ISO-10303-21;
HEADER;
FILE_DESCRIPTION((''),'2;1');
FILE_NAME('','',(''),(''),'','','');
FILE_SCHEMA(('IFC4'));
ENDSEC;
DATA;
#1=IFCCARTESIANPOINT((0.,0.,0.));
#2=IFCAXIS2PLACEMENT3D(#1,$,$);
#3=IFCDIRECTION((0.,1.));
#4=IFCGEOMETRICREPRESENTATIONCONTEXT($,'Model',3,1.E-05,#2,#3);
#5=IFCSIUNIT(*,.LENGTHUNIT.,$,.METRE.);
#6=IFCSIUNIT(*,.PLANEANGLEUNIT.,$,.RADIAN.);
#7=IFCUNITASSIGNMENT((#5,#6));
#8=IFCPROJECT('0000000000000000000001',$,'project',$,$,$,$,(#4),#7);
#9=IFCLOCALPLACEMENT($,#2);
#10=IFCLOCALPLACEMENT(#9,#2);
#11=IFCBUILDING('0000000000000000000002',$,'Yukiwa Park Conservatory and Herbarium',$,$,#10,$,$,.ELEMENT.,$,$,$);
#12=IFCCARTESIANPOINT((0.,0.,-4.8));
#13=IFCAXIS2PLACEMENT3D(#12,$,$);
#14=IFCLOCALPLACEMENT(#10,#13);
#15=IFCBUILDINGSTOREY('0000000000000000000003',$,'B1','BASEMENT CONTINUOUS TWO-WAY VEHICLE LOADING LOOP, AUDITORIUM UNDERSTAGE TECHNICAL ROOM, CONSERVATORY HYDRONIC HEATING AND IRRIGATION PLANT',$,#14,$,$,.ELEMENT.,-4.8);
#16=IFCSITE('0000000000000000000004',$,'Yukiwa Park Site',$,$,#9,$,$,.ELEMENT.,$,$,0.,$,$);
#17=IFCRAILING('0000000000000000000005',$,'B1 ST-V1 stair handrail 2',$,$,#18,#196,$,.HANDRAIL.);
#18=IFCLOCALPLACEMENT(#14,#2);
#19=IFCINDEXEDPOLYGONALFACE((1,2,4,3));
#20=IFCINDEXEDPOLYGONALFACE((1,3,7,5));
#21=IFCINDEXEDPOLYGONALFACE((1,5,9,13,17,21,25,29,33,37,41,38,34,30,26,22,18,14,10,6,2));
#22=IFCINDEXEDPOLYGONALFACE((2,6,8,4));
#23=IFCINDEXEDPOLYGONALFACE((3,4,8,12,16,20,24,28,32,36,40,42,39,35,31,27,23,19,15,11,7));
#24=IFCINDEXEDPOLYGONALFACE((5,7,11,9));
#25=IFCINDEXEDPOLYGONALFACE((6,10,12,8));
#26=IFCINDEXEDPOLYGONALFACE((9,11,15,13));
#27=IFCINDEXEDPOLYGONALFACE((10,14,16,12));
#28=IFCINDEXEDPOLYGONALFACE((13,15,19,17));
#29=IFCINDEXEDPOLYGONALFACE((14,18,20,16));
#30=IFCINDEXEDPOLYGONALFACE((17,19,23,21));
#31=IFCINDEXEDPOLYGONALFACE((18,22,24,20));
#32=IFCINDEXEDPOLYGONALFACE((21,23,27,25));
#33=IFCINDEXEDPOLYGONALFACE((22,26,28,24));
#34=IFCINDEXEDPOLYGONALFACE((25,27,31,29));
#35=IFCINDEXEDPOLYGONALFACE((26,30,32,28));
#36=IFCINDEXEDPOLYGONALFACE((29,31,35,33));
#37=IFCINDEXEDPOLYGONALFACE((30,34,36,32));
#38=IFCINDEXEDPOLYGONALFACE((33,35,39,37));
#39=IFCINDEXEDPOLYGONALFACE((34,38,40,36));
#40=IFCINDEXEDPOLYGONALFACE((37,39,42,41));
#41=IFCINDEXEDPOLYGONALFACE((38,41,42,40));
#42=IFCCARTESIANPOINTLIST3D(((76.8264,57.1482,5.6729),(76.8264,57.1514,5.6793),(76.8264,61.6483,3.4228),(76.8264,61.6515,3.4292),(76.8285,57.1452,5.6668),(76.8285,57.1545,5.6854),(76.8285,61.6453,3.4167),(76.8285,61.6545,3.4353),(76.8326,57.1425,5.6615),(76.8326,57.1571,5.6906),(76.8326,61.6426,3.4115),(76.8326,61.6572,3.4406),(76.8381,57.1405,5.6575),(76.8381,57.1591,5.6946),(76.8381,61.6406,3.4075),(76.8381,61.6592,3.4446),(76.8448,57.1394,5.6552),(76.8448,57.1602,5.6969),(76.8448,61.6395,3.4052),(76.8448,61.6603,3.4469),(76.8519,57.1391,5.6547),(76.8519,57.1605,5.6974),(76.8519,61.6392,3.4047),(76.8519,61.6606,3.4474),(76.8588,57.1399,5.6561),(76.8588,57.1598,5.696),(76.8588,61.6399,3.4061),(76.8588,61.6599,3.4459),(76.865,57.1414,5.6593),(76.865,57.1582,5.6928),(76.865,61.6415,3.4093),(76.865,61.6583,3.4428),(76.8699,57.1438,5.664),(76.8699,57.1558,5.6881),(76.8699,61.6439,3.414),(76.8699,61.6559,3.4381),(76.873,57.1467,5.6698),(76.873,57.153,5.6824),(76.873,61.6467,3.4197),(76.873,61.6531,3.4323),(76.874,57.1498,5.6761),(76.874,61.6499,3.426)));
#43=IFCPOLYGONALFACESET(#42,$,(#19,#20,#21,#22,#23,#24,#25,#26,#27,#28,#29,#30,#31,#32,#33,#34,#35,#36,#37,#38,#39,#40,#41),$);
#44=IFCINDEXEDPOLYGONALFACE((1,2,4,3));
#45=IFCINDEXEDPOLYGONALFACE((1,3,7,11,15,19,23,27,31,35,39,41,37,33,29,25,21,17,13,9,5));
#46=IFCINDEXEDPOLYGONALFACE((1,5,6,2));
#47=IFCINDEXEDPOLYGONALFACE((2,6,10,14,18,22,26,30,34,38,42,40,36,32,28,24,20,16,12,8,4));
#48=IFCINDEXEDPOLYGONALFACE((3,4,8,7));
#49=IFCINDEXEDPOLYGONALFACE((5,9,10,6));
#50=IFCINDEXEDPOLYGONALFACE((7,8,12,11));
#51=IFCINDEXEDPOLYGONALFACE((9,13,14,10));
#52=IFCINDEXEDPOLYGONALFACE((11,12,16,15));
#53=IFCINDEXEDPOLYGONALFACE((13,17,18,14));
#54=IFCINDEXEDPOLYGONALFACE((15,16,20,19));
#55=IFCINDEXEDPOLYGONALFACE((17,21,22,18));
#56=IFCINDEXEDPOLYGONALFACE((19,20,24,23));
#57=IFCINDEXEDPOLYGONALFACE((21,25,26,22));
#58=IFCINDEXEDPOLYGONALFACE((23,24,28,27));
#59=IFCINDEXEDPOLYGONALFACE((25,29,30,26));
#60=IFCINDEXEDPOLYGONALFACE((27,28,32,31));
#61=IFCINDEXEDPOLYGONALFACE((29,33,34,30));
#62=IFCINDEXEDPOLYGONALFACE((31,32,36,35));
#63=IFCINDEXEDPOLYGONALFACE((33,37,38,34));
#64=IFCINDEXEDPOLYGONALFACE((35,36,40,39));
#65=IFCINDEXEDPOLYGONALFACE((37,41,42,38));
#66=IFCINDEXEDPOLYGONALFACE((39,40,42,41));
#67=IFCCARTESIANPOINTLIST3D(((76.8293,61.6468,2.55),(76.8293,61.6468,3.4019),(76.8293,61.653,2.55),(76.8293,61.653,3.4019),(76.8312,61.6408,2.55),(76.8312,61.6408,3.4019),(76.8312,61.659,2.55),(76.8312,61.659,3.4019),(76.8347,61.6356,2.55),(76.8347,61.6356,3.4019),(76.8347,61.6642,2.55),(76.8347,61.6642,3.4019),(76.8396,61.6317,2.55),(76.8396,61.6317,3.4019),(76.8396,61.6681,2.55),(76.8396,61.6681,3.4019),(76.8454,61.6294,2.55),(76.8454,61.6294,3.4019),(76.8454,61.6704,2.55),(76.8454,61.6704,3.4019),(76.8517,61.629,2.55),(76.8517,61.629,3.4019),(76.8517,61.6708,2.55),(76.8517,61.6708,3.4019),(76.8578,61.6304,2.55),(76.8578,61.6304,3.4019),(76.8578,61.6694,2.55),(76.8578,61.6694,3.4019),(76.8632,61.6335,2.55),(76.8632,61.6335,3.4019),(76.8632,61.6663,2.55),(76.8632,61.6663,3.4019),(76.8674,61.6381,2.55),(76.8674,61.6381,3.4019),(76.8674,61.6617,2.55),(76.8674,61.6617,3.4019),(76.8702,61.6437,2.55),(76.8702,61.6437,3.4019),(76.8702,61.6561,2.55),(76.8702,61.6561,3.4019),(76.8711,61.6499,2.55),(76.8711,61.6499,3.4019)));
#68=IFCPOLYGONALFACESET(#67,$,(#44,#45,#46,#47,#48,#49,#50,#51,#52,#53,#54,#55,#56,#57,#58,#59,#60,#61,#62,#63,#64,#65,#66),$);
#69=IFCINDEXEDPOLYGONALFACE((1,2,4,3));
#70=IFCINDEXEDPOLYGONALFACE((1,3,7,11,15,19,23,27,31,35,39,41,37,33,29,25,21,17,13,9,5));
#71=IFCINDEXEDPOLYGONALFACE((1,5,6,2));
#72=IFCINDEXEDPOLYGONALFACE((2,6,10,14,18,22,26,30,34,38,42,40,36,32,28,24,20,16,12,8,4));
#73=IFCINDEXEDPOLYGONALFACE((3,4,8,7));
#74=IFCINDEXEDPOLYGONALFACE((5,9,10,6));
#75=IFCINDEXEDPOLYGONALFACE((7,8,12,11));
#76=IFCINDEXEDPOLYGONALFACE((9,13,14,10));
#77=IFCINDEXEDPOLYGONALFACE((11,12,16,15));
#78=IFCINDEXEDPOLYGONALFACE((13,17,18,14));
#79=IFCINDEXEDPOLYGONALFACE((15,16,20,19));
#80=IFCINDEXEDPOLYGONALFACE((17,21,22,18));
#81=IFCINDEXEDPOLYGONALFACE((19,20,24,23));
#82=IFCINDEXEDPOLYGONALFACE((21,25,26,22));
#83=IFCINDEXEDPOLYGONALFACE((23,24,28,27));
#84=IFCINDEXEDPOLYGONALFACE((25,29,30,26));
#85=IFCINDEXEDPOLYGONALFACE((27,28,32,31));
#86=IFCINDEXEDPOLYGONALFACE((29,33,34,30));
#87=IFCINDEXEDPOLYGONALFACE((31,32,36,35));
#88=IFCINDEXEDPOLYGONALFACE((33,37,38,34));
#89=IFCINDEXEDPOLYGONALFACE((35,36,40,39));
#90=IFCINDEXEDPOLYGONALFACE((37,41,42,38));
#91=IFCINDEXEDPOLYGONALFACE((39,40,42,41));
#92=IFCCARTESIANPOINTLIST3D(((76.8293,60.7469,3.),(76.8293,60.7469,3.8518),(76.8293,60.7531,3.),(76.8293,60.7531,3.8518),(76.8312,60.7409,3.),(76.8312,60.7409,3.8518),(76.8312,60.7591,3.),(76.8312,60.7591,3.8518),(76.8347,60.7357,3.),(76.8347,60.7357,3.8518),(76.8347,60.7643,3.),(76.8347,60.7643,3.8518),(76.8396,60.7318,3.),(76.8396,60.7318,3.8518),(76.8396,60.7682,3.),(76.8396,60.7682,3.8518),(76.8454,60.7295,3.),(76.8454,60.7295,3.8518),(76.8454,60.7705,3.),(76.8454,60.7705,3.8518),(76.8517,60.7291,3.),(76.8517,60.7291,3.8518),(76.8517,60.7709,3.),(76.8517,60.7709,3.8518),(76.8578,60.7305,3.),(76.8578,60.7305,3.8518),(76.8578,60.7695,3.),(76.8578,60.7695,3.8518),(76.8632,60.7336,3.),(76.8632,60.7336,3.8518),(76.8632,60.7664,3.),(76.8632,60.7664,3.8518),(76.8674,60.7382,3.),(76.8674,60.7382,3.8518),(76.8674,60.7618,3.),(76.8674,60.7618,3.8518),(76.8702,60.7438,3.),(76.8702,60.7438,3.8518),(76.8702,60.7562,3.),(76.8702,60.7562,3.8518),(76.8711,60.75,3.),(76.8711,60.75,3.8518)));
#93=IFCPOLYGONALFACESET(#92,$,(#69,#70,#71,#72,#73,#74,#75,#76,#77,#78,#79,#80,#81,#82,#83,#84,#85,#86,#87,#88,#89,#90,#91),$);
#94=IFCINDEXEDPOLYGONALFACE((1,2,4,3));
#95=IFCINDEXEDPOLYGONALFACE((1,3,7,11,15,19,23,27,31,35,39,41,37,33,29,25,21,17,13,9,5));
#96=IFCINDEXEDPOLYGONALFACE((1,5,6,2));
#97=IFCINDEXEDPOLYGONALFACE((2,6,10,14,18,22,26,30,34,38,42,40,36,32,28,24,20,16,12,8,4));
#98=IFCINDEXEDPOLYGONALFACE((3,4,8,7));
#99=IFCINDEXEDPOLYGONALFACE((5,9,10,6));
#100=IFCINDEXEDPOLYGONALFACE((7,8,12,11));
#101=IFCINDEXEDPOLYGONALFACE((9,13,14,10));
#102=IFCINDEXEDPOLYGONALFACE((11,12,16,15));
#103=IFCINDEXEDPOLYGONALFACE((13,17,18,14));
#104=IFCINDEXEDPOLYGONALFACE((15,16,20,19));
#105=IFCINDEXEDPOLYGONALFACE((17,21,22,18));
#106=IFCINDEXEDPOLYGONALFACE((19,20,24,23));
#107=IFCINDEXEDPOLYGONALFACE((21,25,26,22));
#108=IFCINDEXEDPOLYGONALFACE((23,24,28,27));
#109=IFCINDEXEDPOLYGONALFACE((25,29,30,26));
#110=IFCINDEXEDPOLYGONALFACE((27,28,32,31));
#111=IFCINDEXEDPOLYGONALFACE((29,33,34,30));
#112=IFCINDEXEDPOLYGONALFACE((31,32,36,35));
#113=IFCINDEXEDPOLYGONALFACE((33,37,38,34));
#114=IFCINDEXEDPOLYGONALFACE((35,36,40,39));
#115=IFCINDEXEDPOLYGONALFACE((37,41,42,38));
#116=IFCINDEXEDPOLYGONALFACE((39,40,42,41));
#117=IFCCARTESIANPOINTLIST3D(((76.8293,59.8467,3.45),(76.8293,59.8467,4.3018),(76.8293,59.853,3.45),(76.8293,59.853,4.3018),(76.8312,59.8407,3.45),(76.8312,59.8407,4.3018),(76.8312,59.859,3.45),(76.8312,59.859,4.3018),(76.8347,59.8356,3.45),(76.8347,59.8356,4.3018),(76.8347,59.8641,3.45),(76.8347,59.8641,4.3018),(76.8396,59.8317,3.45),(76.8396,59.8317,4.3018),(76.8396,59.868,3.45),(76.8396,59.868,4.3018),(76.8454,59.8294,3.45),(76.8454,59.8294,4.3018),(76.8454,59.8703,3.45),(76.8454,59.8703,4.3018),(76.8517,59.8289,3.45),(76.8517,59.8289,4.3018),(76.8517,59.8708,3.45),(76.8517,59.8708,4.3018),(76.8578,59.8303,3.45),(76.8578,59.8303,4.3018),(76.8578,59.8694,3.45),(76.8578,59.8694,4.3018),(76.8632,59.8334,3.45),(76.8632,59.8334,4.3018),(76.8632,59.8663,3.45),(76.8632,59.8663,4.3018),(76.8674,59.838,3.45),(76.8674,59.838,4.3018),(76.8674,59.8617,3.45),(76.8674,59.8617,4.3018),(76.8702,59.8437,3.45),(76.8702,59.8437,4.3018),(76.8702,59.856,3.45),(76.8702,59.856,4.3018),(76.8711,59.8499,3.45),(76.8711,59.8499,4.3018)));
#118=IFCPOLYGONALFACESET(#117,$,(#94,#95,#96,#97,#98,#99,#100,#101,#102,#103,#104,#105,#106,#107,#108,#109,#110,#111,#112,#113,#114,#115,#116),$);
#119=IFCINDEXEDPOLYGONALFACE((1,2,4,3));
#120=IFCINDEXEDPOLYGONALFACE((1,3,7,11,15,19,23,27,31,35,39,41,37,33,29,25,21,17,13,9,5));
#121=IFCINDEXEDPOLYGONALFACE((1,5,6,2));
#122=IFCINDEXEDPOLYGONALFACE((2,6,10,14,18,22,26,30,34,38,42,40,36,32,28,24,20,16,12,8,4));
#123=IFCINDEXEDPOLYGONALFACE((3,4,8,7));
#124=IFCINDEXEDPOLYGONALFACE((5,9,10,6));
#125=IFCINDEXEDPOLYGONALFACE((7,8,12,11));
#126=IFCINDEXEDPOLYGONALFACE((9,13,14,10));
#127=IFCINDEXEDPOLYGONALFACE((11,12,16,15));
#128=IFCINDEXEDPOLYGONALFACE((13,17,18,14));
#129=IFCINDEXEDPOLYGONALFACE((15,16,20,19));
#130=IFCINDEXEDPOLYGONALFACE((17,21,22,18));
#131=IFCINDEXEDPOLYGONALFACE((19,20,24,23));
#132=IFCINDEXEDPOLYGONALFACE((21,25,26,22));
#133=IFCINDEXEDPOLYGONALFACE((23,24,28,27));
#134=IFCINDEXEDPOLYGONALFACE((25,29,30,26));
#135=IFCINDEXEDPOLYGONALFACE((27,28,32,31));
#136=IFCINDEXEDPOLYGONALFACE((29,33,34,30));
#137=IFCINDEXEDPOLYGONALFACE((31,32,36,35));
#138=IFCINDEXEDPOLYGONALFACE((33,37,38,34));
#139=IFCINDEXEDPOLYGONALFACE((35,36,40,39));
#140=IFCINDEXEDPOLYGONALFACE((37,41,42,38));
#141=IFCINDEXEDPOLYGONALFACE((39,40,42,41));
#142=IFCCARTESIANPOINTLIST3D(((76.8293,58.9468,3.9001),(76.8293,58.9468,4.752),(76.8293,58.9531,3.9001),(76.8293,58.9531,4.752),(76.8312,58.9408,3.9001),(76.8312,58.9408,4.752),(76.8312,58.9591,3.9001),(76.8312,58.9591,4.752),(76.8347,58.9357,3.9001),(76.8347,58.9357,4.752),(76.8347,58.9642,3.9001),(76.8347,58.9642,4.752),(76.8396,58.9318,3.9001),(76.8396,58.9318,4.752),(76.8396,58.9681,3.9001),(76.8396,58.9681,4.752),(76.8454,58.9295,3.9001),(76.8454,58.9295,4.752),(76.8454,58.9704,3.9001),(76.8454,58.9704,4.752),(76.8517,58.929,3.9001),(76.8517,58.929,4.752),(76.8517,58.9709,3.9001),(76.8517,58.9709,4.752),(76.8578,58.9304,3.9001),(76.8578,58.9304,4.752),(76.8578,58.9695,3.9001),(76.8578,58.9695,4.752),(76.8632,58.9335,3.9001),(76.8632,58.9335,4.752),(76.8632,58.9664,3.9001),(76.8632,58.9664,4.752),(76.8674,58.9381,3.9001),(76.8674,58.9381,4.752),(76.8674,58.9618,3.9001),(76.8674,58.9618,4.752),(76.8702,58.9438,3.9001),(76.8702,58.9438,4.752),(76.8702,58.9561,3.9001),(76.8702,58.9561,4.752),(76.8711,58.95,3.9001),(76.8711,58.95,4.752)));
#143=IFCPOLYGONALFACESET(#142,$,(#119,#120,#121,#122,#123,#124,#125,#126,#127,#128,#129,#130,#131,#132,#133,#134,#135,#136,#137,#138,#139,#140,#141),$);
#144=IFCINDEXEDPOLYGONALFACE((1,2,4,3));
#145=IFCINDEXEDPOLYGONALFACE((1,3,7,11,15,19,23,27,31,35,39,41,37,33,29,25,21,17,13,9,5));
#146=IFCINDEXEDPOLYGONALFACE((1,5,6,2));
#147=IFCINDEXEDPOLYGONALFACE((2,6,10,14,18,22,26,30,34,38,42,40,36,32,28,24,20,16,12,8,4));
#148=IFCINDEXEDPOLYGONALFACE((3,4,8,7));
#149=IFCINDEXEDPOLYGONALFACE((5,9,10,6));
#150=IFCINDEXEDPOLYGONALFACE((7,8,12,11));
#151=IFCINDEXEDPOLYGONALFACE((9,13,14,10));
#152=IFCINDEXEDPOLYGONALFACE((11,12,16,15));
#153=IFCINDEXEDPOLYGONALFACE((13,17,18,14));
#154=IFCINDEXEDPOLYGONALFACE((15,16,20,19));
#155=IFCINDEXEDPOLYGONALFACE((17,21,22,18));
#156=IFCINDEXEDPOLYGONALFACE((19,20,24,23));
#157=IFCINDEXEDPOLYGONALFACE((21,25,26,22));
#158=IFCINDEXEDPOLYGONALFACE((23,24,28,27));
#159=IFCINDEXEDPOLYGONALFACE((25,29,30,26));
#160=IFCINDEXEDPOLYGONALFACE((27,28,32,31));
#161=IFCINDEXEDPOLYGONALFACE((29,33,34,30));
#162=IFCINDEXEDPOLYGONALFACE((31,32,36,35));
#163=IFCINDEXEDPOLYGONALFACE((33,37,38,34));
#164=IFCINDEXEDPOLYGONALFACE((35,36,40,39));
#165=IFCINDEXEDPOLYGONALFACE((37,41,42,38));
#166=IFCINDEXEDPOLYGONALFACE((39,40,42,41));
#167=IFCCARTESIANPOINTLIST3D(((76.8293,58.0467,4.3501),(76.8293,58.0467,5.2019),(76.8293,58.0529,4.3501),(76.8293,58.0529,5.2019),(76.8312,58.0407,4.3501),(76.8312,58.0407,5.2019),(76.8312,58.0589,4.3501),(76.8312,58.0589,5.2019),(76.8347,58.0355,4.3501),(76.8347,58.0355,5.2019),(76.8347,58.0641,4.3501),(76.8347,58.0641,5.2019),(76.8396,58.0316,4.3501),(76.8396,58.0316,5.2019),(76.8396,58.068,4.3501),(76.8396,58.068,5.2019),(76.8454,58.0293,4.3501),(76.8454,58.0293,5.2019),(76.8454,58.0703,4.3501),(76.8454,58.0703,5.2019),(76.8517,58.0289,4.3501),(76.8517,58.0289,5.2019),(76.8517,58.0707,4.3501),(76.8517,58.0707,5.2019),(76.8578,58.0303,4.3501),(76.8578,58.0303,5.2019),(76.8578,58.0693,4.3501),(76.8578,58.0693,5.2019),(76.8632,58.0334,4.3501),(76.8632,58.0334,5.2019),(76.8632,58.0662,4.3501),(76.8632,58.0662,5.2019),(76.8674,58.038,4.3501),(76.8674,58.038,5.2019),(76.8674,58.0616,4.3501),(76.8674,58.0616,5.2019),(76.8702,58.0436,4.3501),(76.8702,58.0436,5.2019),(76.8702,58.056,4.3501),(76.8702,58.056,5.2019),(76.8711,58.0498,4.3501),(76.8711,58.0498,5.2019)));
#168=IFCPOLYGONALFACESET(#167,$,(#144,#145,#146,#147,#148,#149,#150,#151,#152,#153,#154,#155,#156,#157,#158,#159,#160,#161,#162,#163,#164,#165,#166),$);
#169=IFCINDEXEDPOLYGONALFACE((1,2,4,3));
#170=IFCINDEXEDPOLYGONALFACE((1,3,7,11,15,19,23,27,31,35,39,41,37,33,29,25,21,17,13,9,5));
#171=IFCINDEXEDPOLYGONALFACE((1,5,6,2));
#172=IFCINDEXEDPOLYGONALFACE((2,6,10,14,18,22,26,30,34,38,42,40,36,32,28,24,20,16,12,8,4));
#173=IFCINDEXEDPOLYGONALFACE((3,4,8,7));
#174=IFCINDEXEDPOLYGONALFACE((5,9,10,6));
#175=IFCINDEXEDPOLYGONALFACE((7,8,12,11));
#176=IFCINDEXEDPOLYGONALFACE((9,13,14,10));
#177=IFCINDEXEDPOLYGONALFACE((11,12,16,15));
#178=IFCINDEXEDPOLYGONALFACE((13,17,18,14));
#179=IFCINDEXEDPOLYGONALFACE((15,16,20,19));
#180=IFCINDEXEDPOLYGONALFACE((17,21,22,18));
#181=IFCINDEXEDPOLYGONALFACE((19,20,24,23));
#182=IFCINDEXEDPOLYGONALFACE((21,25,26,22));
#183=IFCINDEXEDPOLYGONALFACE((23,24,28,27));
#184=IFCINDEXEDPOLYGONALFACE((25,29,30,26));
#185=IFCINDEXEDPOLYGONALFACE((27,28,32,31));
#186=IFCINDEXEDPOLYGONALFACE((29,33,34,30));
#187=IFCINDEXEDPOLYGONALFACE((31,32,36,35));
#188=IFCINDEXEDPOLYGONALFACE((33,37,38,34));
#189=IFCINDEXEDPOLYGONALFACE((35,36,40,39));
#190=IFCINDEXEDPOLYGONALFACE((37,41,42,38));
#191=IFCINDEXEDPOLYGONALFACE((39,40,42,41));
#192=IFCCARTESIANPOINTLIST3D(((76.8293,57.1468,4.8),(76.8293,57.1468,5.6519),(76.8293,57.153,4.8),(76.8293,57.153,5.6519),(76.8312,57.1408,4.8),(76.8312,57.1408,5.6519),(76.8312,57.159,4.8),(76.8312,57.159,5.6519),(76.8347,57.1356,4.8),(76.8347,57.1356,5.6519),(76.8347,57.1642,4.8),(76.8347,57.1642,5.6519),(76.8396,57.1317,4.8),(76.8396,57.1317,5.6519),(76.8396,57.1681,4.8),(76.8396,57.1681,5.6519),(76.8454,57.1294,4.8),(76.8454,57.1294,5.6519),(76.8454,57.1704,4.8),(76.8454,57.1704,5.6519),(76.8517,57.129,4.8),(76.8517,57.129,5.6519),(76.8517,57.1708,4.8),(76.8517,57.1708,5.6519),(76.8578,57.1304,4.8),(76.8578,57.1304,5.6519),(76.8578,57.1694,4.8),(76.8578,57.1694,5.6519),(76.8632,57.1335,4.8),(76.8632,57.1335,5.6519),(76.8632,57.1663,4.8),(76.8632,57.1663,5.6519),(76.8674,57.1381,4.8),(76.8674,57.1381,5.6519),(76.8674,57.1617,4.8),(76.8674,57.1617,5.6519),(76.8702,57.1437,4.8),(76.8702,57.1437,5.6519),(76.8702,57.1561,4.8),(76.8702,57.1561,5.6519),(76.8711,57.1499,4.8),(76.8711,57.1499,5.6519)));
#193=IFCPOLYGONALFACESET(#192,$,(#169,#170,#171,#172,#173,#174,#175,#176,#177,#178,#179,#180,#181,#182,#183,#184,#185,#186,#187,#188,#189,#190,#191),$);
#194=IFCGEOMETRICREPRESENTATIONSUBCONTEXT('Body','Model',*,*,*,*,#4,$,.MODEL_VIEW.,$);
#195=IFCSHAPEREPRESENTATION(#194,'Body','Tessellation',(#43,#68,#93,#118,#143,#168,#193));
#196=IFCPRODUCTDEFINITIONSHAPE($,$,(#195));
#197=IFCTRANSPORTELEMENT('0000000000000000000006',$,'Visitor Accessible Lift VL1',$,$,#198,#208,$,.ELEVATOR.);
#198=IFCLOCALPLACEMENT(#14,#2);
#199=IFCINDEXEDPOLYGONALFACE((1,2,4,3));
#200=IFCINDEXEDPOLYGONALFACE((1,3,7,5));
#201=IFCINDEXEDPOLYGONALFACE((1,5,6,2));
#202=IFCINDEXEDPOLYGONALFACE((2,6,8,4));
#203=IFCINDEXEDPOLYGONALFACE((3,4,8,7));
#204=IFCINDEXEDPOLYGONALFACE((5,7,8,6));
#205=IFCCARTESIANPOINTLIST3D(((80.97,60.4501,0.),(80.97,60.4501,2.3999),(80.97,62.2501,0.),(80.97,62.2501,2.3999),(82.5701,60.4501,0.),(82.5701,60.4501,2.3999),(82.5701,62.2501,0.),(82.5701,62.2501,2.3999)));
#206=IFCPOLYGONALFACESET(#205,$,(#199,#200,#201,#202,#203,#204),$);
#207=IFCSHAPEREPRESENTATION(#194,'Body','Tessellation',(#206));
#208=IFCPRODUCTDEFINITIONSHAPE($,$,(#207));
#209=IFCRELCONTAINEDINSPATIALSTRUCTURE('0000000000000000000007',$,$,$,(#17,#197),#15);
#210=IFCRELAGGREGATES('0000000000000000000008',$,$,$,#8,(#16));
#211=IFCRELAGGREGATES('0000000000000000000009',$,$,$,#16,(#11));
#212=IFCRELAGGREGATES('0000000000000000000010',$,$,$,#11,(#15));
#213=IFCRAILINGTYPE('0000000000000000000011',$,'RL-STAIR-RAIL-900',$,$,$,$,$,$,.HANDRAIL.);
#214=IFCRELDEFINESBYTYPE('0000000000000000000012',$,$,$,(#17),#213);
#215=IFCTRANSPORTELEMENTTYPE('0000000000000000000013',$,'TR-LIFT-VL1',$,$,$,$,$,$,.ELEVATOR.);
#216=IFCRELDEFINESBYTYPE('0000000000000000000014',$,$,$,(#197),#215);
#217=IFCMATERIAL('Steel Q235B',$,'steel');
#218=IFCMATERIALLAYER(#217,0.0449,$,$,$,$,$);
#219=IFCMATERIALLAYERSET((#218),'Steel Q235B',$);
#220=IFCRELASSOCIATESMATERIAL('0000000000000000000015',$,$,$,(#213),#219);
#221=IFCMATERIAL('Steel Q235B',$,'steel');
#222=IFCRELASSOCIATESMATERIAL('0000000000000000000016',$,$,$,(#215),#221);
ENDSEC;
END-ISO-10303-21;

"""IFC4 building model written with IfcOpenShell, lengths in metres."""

from ifc_helpers import new_model, si_unit, direction, frame, origin, origin_2d, place, context, subcontext, project, spatial, rectangle, circle, extrude, material, layer, layer_set, type_object, element, save


model = new_model("IFC4")

# Units and contexts
model_context = context("Model", 3, precision=1e-05, world=origin(), true_north=direction((0.0, 1.0)))
body_context = subcontext(model_context, "Body", "Model", "MODEL_VIEW")
ifc_project = project(units=[si_unit("LENGTHUNIT", "METRE"), si_unit("PLANEANGLEUNIT", "RADIAN")], contexts=[model_context])

# Site, building, storey
site_placement = place(None, origin())
site = spatial("IfcSite", under=ifc_project, at=site_placement, Name="Yukiwa Park Site", CompositionType="ELEMENT", RefElevation=0.0)
building_placement = place(site_placement, origin())
building = spatial("IfcBuilding", under=site, at=building_placement, Name="Yukiwa Park Conservatory and Herbarium", CompositionType="ELEMENT")
storey_placement = place(building_placement, frame((0.0, 0.0, -4.8)))
storey = spatial("IfcBuildingStorey", under=building, at=storey_placement, Name="B1", Description="BASEMENT CONTINUOUS TWO-WAY VEHICLE LOADING LOOP, AUDITORIUM UNDERSTAGE TECHNICAL ROOM, CONSERVATORY HYDRONIC HEATING AND IRRIGATION PLANT", CompositionType="ELEMENT", Elevation=-4.8)

# Railing
ifc_material_1 = material(Name="Steel Q235B", Category="steel")
ifc_layer_1 = layer(ifc_material_1, 0.0449)
ifc_layer_set_1 = layer_set([ifc_layer_1], Name="Steel Q235B")
railing_type_1 = type_object("IfcRailingType", Name="RL-STAIR-RAIL-900", PredefinedType="HANDRAIL", material=ifc_layer_set_1)
railing_1_placement = place(storey_placement, frame((76.8501, 61.6499, 2.55)))
element("IfcRailing", 1, at=railing_1_placement, inside=storey, type_object=railing_type_1, Name="B1 ST-V1 stair handrail 2", PredefinedType="HANDRAIL", context=body_context, shape_type="SweptSolid", body=[
    extrude(circle(Radius=0.0239, at=origin_2d()), frame((0.0, 0.0, 0.876), z_axis=(0.0, -0.894427, 0.447214), x_axis=(1.0, 0.0, 0.0)), (0.0, 0.0, 1.0), 5.0312),
    extrude(circle(Radius=0.021, at=origin_2d()), origin(), (0.0, 0.0, 1.0), 0.8518),
    extrude(circle(Radius=0.021, at=origin_2d()), frame((0.0, -0.8999, 0.45)), (0.0, 0.0, 1.0), 0.8518),
    extrude(circle(Radius=0.021, at=origin_2d()), frame((0.0, -1.8, 0.8999)), (0.0, 0.0, 1.0), 0.8518),
    extrude(circle(Radius=0.021, at=origin_2d()), frame((0.0, -2.7, 1.3501)), (0.0, 0.0, 1.0), 0.8518),
    extrude(circle(Radius=0.021, at=origin_2d()), frame((0.0, -3.6001, 1.8)), (0.0, 0.0, 1.0), 0.8518),
    extrude(circle(Radius=0.021, at=origin_2d()), frame((0.0, -4.5, 2.25)), (0.0, 0.0, 1.0), 0.8518),
])

# Transport element
ifc_material_2 = material(Name="Steel Q235B", Category="steel")
transport_element_type = type_object("IfcTransportElementType", Name="TR-LIFT-VL1", PredefinedType="ELEVATOR", material=ifc_material_2)
transport_element_placement = place(storey_placement, frame((81.77, 61.3501, 0.0), z_axis=(0.0, 0.0, 1.0), x_axis=(1.0, 0.0, 0.0)))
element("IfcTransportElement", 2, at=transport_element_placement, inside=storey, type_object=transport_element_type, Name="Visitor Accessible Lift VL1", PredefinedType="ELEVATOR", context=body_context, shape_type="SweptSolid", body=[
    extrude(rectangle(XDim=1.6001, YDim=1.8, at=origin_2d()), origin(), (0.0, 0.0, 1.0), 2.3999),
])

save(model, "model.ifc")
